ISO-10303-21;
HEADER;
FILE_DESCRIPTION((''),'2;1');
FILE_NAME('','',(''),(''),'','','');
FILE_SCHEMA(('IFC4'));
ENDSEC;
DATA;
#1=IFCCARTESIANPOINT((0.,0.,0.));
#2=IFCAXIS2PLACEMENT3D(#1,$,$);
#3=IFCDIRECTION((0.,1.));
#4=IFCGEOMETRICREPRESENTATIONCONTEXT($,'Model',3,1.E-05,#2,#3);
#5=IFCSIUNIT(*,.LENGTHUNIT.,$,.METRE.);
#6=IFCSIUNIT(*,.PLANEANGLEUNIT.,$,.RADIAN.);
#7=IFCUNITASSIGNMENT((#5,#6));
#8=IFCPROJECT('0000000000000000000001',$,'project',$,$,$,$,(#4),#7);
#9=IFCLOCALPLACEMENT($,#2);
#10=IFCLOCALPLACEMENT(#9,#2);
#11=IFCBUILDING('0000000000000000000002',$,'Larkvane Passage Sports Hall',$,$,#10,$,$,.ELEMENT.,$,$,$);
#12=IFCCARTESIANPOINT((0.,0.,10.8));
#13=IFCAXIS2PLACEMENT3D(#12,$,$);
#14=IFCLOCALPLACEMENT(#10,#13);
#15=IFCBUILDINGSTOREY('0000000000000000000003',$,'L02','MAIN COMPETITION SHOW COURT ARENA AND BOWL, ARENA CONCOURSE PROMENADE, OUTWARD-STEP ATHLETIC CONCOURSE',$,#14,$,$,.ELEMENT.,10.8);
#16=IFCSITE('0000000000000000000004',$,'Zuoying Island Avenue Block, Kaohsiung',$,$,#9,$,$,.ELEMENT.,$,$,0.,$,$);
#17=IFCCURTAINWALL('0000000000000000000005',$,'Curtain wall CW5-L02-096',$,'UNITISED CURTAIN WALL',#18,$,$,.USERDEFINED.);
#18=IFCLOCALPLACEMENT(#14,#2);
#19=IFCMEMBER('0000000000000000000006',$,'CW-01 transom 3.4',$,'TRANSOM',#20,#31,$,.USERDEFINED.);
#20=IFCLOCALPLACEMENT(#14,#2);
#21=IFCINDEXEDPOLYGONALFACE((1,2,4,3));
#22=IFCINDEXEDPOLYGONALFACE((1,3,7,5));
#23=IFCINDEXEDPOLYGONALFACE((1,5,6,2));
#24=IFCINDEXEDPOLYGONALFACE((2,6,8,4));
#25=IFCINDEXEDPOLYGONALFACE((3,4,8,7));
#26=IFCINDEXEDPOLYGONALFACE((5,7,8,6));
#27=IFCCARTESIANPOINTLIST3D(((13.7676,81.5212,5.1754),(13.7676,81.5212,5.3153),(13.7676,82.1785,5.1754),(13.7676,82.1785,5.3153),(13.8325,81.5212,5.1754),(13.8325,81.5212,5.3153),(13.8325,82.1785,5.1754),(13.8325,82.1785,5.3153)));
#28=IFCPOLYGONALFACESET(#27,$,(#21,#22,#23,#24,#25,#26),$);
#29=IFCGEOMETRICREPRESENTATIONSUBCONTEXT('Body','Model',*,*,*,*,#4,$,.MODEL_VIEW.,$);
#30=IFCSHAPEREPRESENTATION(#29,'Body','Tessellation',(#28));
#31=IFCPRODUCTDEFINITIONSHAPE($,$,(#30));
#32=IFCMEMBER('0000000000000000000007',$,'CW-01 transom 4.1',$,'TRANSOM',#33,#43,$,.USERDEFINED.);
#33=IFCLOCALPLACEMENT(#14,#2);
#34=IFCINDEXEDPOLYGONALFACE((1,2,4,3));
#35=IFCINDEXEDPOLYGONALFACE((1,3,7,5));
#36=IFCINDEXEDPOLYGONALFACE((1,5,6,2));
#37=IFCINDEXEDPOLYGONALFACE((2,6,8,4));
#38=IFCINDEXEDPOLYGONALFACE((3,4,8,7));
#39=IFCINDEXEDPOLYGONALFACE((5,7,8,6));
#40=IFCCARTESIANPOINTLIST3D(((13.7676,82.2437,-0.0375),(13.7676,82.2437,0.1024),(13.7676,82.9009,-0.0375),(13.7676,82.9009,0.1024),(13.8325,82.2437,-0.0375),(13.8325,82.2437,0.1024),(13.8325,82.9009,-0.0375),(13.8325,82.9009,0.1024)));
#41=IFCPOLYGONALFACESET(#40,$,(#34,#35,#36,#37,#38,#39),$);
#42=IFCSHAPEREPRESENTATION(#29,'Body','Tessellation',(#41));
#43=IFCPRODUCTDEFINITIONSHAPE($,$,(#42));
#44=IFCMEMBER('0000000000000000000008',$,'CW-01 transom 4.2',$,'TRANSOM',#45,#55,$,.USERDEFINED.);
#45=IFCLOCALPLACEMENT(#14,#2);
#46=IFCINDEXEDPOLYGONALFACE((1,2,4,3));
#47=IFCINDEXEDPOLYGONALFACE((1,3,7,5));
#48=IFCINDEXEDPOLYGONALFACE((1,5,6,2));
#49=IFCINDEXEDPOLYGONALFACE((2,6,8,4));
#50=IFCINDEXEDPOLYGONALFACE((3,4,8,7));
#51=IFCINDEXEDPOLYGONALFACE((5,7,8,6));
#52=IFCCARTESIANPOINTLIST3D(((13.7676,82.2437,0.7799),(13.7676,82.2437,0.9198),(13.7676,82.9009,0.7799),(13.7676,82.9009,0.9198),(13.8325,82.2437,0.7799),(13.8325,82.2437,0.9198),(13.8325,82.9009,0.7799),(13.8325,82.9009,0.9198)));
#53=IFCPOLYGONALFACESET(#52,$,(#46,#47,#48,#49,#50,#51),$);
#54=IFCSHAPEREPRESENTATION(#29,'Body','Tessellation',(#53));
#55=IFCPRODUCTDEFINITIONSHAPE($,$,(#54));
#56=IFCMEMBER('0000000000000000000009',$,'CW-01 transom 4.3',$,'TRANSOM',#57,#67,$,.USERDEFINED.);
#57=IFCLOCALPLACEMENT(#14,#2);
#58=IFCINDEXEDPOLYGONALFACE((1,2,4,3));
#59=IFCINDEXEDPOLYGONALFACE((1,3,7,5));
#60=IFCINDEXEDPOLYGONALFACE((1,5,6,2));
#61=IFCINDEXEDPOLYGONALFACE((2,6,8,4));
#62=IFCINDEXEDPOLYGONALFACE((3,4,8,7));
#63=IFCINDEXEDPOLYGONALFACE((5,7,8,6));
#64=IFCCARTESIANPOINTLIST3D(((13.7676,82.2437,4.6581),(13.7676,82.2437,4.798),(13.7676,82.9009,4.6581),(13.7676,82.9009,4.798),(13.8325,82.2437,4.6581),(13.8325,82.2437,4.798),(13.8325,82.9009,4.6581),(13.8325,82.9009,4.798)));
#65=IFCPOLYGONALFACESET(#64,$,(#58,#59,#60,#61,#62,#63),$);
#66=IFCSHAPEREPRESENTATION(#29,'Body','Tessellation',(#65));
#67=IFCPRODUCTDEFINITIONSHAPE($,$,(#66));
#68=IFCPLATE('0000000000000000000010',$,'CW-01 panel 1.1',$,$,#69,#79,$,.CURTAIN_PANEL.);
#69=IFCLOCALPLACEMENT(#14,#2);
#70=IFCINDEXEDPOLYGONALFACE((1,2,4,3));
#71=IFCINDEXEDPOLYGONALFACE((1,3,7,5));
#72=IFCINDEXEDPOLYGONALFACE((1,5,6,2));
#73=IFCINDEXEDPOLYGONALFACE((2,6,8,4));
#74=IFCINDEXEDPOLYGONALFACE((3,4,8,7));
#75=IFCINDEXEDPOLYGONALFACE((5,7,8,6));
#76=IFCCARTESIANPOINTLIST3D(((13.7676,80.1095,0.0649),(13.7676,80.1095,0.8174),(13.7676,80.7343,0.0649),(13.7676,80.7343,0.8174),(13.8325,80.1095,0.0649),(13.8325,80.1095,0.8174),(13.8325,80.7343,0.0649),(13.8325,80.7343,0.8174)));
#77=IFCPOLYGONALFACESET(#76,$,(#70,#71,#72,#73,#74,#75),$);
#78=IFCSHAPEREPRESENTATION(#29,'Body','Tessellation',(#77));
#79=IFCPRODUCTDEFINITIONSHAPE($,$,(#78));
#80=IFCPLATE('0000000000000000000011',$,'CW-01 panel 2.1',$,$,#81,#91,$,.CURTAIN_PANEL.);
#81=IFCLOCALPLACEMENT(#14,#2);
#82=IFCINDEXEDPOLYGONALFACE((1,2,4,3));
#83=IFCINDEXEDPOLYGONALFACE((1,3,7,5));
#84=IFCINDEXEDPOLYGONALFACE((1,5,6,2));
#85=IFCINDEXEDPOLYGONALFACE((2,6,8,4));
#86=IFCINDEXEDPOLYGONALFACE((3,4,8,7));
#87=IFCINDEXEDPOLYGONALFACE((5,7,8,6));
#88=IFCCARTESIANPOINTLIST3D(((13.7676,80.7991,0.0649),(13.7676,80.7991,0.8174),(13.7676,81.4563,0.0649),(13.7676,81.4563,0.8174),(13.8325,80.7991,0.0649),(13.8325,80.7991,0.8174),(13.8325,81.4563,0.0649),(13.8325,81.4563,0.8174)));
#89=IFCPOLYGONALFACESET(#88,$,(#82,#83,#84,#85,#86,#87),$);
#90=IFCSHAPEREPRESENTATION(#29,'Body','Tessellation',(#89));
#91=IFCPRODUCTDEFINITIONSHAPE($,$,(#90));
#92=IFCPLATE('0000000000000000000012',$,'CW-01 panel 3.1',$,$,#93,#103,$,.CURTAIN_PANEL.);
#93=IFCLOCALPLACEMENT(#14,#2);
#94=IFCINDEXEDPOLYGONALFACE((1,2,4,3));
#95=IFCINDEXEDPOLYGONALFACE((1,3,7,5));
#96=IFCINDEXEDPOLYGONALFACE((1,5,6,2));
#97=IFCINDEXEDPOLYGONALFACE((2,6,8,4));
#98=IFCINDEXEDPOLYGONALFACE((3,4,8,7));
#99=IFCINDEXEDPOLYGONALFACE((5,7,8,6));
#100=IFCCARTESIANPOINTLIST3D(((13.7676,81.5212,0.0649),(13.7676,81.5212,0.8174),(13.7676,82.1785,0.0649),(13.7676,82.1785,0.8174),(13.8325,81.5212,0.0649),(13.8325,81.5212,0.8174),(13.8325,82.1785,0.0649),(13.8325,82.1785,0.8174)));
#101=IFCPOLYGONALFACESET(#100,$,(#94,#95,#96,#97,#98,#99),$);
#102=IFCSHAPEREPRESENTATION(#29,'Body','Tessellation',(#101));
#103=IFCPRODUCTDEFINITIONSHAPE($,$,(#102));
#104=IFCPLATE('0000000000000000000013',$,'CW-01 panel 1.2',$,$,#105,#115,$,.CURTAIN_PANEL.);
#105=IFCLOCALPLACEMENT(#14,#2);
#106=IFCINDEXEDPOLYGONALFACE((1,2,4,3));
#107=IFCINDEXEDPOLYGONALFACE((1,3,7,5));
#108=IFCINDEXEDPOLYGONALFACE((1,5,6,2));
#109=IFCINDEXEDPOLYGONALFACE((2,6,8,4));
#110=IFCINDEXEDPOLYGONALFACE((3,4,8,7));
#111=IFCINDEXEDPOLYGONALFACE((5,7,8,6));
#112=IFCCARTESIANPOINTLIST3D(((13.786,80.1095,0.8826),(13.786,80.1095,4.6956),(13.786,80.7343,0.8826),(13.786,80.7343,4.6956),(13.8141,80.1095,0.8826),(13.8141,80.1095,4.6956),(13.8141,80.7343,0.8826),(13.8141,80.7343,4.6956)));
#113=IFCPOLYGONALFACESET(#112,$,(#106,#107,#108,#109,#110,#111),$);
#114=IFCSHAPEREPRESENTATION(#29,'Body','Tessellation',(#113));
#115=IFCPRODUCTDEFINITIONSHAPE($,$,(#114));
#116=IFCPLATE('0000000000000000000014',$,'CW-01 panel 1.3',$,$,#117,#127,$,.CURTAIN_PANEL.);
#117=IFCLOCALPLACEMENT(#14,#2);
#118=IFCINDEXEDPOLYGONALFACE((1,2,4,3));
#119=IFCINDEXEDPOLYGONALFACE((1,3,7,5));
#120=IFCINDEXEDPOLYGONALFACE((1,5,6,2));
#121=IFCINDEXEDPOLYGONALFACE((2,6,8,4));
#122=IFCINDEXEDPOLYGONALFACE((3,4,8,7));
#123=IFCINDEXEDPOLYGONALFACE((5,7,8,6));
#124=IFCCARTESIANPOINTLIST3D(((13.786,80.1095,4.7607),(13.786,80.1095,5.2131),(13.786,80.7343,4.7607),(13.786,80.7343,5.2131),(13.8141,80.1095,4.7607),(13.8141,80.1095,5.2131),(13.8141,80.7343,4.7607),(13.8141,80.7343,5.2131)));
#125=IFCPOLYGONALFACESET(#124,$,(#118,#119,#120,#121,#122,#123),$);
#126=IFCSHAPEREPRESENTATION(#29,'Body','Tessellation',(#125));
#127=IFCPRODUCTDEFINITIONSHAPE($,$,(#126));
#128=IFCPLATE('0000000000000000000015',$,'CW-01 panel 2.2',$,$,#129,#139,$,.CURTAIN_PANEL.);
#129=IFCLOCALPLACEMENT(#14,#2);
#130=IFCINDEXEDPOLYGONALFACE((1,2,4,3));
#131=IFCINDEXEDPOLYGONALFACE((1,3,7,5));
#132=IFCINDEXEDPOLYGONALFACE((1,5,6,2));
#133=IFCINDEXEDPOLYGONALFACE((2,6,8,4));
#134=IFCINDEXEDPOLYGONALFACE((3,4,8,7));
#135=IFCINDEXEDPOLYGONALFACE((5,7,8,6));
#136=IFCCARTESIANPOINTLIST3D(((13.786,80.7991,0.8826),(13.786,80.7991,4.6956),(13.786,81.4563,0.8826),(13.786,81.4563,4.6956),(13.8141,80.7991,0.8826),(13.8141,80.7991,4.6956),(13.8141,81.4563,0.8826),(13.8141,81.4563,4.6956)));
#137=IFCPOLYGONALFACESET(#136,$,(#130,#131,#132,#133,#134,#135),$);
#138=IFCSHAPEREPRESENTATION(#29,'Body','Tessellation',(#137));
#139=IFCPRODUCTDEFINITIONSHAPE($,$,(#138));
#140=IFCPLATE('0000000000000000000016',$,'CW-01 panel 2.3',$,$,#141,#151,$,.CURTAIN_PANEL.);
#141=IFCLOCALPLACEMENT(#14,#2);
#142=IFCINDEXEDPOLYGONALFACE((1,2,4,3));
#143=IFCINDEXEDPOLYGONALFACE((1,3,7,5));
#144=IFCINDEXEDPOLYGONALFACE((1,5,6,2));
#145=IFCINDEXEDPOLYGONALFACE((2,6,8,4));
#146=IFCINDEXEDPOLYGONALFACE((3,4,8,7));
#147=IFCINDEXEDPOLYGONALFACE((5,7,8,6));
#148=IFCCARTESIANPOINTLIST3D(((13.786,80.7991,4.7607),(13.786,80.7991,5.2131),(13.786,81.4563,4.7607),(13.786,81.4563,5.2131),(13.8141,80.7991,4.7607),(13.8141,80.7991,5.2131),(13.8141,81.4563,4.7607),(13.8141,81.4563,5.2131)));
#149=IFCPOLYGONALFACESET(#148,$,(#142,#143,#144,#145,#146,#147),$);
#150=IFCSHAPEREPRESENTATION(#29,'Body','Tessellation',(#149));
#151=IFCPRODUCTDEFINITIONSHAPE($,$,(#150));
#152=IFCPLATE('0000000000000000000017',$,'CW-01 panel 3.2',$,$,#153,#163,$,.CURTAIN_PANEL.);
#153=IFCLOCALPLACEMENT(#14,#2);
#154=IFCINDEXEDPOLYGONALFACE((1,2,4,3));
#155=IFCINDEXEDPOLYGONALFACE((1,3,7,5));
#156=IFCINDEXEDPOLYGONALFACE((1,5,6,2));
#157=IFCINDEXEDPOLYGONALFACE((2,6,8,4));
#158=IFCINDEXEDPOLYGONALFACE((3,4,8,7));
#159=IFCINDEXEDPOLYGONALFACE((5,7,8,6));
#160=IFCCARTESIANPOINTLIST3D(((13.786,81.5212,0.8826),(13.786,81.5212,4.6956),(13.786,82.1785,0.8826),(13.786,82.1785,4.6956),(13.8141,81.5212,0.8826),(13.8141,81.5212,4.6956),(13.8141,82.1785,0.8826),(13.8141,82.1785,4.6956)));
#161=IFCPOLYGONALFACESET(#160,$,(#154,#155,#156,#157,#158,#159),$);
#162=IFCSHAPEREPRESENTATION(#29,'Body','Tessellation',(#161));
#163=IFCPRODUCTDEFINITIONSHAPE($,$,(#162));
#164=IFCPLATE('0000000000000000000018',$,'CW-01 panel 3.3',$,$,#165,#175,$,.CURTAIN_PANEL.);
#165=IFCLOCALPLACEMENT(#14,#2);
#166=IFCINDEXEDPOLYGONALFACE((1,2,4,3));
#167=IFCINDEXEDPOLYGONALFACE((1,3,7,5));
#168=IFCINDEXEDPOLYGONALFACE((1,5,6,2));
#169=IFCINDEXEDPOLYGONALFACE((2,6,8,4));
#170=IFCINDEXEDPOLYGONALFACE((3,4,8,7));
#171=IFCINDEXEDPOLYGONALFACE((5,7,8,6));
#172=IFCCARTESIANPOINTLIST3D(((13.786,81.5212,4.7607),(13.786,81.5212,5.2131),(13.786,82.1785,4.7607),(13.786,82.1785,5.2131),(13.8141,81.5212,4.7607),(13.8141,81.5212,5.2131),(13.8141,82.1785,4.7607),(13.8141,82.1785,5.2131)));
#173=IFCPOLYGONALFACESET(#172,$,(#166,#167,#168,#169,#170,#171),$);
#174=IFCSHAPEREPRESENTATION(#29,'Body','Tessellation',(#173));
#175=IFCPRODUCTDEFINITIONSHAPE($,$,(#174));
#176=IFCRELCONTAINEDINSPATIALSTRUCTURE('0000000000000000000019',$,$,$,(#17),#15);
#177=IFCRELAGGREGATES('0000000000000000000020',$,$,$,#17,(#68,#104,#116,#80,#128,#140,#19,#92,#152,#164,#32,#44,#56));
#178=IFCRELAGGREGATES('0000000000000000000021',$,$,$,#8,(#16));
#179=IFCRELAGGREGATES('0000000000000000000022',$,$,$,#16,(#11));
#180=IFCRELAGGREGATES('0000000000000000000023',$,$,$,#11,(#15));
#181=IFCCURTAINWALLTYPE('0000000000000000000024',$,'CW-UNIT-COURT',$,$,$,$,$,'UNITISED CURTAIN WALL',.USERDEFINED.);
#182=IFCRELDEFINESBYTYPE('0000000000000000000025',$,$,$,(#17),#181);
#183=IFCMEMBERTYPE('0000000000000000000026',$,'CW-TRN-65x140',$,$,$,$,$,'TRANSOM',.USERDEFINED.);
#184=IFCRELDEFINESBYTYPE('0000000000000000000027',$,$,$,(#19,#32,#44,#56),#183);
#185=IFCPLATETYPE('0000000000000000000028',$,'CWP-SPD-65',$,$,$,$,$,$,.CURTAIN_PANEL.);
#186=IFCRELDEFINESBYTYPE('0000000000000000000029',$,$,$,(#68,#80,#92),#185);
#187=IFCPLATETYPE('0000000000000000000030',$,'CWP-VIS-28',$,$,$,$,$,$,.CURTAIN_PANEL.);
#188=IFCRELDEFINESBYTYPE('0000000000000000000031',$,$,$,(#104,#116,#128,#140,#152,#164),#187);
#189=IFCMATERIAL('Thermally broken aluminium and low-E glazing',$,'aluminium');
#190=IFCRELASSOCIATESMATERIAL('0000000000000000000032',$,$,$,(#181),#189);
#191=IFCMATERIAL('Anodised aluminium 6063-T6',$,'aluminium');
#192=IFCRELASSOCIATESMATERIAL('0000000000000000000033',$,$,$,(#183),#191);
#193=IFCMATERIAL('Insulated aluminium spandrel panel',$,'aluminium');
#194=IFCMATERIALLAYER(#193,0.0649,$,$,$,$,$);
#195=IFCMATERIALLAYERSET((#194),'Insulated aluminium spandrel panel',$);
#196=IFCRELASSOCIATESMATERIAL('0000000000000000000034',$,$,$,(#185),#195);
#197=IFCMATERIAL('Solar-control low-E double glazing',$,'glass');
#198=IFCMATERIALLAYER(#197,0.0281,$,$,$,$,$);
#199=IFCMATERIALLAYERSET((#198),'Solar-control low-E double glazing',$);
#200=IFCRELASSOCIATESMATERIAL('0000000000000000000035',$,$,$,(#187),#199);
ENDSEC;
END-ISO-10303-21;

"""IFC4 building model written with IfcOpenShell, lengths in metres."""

from ifc_helpers import new_model, si_unit, direction, frame, origin, origin_2d, place, context, subcontext, project, spatial, rectangle, extrude, material, layer, layer_set, material_profile, profile_set, type_object, element, aggregate, save


model = new_model("IFC4")

# Units and contexts
model_context = context("Model", 3, precision=1e-05, world=origin(), true_north=direction((0.0, 1.0)))
body_context = subcontext(model_context, "Body", "Model", "MODEL_VIEW")
ifc_project = project(units=[si_unit("LENGTHUNIT", "METRE"), si_unit("PLANEANGLEUNIT", "RADIAN")], contexts=[model_context])

# Site, building, storey
site_placement = place(None, origin())
site = spatial("IfcSite", under=ifc_project, at=site_placement, Name="Zuoying Island Avenue Block, Kaohsiung", CompositionType="ELEMENT", RefElevation=0.0)
building_placement = place(site_placement, origin())
building = spatial("IfcBuilding", under=site, at=building_placement, Name="Larkvane Passage Sports Hall", CompositionType="ELEMENT")
storey_placement = place(building_placement, frame((0.0, 0.0, 10.8)))
storey = spatial("IfcBuildingStorey", under=building, at=storey_placement, Name="L02", Description="MAIN COMPETITION SHOW COURT ARENA AND BOWL, ARENA CONCOURSE PROMENADE, OUTWARD-STEP ATHLETIC CONCOURSE", CompositionType="ELEMENT", Elevation=10.8)

# Curtain wall, members, plates
ifc_material_1 = material(Name="Thermally broken aluminium and low-E glazing", Category="aluminium")
curtain_wall_type = type_object("IfcCurtainWallType", Name="CW-UNIT-COURT", ElementType="UNITISED CURTAIN WALL", PredefinedType="USERDEFINED", material=ifc_material_1)
curtain_wall_placement = place(storey_placement, origin())
curtain_wall = element("IfcCurtainWall", 1, at=curtain_wall_placement, inside=storey, type_object=curtain_wall_type, Name="Curtain wall CW5-L02-096", ObjectType="UNITISED CURTAIN WALL", PredefinedType="USERDEFINED")
ifc_material_2 = material(Name="Anodised aluminium 6063-T6", Category="aluminium")
ifc_material_profile_1 = material_profile(ifc_material_2, rectangle(XDim=0.0649, YDim=0.1399, at=origin_2d()), Name="ALU-TRN-65x140")
ifc_profile_set_1 = profile_set([ifc_material_profile_1], Name="Anodised aluminium 6063-T6")
member_type_1 = type_object("IfcMemberType", Name="CW-TRN-65x140", ElementType="TRANSOM", PredefinedType="USERDEFINED", material=ifc_profile_set_1)
member_1_placement = place(storey_placement, frame((13.8, 81.5212, 5.2454), z_axis=(0.0, 1.0, 0.0), x_axis=(-1.0, 0.0, 0.0)))
member_1 = element("IfcMember", 2, at=member_1_placement, type_object=member_type_1, Name="CW-01 transom 3.4", ObjectType="TRANSOM", PredefinedType="USERDEFINED", context=body_context, shape_type="SweptSolid", body=[
    extrude(rectangle(XDim=0.0649, YDim=0.1399, at=origin_2d()), origin(), (0.0, 0.0, 1.0), 0.6572),
])
member_2_placement = place(storey_placement, frame((13.8, 82.2437, 0.0325), z_axis=(0.0, 1.0, 0.0), x_axis=(-1.0, 0.0, 0.0)))
member_2 = element("IfcMember", 3, at=member_2_placement, type_object=member_type_1, Name="CW-01 transom 4.1", ObjectType="TRANSOM", PredefinedType="USERDEFINED", context=body_context, shape_type="SweptSolid", body=[
    extrude(rectangle(XDim=0.0649, YDim=0.1399, at=origin_2d()), origin(), (0.0, 0.0, 1.0), 0.6572),
])
member_3_placement = place(storey_placement, frame((13.8, 82.2437, 0.8499), z_axis=(0.0, 1.0, 0.0), x_axis=(-1.0, 0.0, 0.0)))
member_3 = element("IfcMember", 4, at=member_3_placement, type_object=member_type_1, Name="CW-01 transom 4.2", ObjectType="TRANSOM", PredefinedType="USERDEFINED", context=body_context, shape_type="SweptSolid", body=[
    extrude(rectangle(XDim=0.0649, YDim=0.1399, at=origin_2d()), origin(), (0.0, 0.0, 1.0), 0.6572),
])
member_4_placement = place(storey_placement, frame((13.8, 82.2437, 4.728), z_axis=(0.0, 1.0, 0.0), x_axis=(-1.0, 0.0, 0.0)))
member_4 = element("IfcMember", 5, at=member_4_placement, type_object=member_type_1, Name="CW-01 transom 4.3", ObjectType="TRANSOM", PredefinedType="USERDEFINED", context=body_context, shape_type="SweptSolid", body=[
    extrude(rectangle(XDim=0.0649, YDim=0.1399, at=origin_2d()), origin(), (0.0, 0.0, 1.0), 0.6572),
])
ifc_material_3 = material(Name="Insulated aluminium spandrel panel", Category="aluminium")
ifc_layer_1 = layer(ifc_material_3, 0.0649)
ifc_layer_set_1 = layer_set([ifc_layer_1], Name="Insulated aluminium spandrel panel")
plate_type_1 = type_object("IfcPlateType", Name="CWP-SPD-65", PredefinedType="CURTAIN_PANEL", material=ifc_layer_set_1)
plate_1_placement = place(storey_placement, frame((13.8, 80.4219, 0.0649), z_axis=(0.0, 0.0, 1.0), x_axis=(0.0, 1.0, 0.0)))
plate_1 = element("IfcPlate", 6, at=plate_1_placement, type_object=plate_type_1, Name="CW-01 panel 1.1", PredefinedType="CURTAIN_PANEL", context=body_context, shape_type="SweptSolid", body=[
    extrude(rectangle(XDim=0.6248, YDim=0.0649, at=origin_2d()), origin(), (0.0, 0.0, 1.0), 0.7524),
])
plate_2_placement = place(storey_placement, frame((13.8, 81.1277, 0.0649), z_axis=(0.0, 0.0, 1.0), x_axis=(0.0, 1.0, 0.0)))
plate_2 = element("IfcPlate", 7, at=plate_2_placement, type_object=plate_type_1, Name="CW-01 panel 2.1", PredefinedType="CURTAIN_PANEL", context=body_context, shape_type="SweptSolid", body=[
    extrude(rectangle(XDim=0.6572, YDim=0.0649, at=origin_2d()), origin(), (0.0, 0.0, 1.0), 0.7524),
])
plate_3_placement = place(storey_placement, frame((13.8, 81.8499, 0.0649), z_axis=(0.0, 0.0, 1.0), x_axis=(0.0, 1.0, 0.0)))
plate_3 = element("IfcPlate", 8, at=plate_3_placement, type_object=plate_type_1, Name="CW-01 panel 3.1", PredefinedType="CURTAIN_PANEL", context=body_context, shape_type="SweptSolid", body=[
    extrude(rectangle(XDim=0.6572, YDim=0.0649, at=origin_2d()), origin(), (0.0, 0.0, 1.0), 0.7524),
])
ifc_material_4 = material(Name="Solar-control low-E double glazing", Category="glass")
ifc_layer_2 = layer(ifc_material_4, 0.0281)
ifc_layer_set_2 = layer_set([ifc_layer_2], Name="Solar-control low-E double glazing")
plate_type_2 = type_object("IfcPlateType", Name="CWP-VIS-28", PredefinedType="CURTAIN_PANEL", material=ifc_layer_set_2)
plate_4_placement = place(storey_placement, frame((13.8, 80.4219, 0.8826), z_axis=(0.0, 0.0, 1.0), x_axis=(0.0, 1.0, 0.0)))
plate_4 = element("IfcPlate", 9, at=plate_4_placement, type_object=plate_type_2, Name="CW-01 panel 1.2", PredefinedType="CURTAIN_PANEL", context=body_context, shape_type="SweptSolid", body=[
    extrude(rectangle(XDim=0.6248, YDim=0.0281, at=origin_2d()), origin(), (0.0, 0.0, 1.0), 3.813),
])
plate_5_placement = place(storey_placement, frame((13.8, 80.4219, 4.7607), z_axis=(0.0, 0.0, 1.0), x_axis=(0.0, 1.0, 0.0)))
plate_5 = element("IfcPlate", 10, at=plate_5_placement, type_object=plate_type_2, Name="CW-01 panel 1.3", PredefinedType="CURTAIN_PANEL", context=body_context, shape_type="SweptSolid", body=[
    extrude(rectangle(XDim=0.6248, YDim=0.0281, at=origin_2d()), origin(), (0.0, 0.0, 1.0), 0.4524),
])
plate_6_placement = place(storey_placement, frame((13.8, 81.1277, 0.8826), z_axis=(0.0, 0.0, 1.0), x_axis=(0.0, 1.0, 0.0)))
plate_6 = element("IfcPlate", 11, at=plate_6_placement, type_object=plate_type_2, Name="CW-01 panel 2.2", PredefinedType="CURTAIN_PANEL", context=body_context, shape_type="SweptSolid", body=[
    extrude(rectangle(XDim=0.6572, YDim=0.0281, at=origin_2d()), origin(), (0.0, 0.0, 1.0), 3.813),
])
plate_7_placement = place(storey_placement, frame((13.8, 81.1277, 4.7607), z_axis=(0.0, 0.0, 1.0), x_axis=(0.0, 1.0, 0.0)))
plate_7 = element("IfcPlate", 12, at=plate_7_placement, type_object=plate_type_2, Name="CW-01 panel 2.3", PredefinedType="CURTAIN_PANEL", context=body_context, shape_type="SweptSolid", body=[
    extrude(rectangle(XDim=0.6572, YDim=0.0281, at=origin_2d()), origin(), (0.0, 0.0, 1.0), 0.4524),
])
plate_8_placement = place(storey_placement, frame((13.8, 81.8499, 0.8826), z_axis=(0.0, 0.0, 1.0), x_axis=(0.0, 1.0, 0.0)))
plate_8 = element("IfcPlate", 13, at=plate_8_placement, type_object=plate_type_2, Name="CW-01 panel 3.2", PredefinedType="CURTAIN_PANEL", context=body_context, shape_type="SweptSolid", body=[
    extrude(rectangle(XDim=0.6572, YDim=0.0281, at=origin_2d()), origin(), (0.0, 0.0, 1.0), 3.813),
])
plate_9_placement = place(storey_placement, frame((13.8, 81.8499, 4.7607), z_axis=(0.0, 0.0, 1.0), x_axis=(0.0, 1.0, 0.0)))
plate_9 = element("IfcPlate", 14, at=plate_9_placement, type_object=plate_type_2, Name="CW-01 panel 3.3", PredefinedType="CURTAIN_PANEL", context=body_context, shape_type="SweptSolid", body=[
    extrude(rectangle(XDim=0.6572, YDim=0.0281, at=origin_2d()), origin(), (0.0, 0.0, 1.0), 0.4524),
])
aggregate(curtain_wall, [plate_1, plate_4, plate_5, plate_2, plate_6, plate_7, member_1, plate_3, plate_8, plate_9, member_2, member_3, member_4])

save(model, "model.ifc")
